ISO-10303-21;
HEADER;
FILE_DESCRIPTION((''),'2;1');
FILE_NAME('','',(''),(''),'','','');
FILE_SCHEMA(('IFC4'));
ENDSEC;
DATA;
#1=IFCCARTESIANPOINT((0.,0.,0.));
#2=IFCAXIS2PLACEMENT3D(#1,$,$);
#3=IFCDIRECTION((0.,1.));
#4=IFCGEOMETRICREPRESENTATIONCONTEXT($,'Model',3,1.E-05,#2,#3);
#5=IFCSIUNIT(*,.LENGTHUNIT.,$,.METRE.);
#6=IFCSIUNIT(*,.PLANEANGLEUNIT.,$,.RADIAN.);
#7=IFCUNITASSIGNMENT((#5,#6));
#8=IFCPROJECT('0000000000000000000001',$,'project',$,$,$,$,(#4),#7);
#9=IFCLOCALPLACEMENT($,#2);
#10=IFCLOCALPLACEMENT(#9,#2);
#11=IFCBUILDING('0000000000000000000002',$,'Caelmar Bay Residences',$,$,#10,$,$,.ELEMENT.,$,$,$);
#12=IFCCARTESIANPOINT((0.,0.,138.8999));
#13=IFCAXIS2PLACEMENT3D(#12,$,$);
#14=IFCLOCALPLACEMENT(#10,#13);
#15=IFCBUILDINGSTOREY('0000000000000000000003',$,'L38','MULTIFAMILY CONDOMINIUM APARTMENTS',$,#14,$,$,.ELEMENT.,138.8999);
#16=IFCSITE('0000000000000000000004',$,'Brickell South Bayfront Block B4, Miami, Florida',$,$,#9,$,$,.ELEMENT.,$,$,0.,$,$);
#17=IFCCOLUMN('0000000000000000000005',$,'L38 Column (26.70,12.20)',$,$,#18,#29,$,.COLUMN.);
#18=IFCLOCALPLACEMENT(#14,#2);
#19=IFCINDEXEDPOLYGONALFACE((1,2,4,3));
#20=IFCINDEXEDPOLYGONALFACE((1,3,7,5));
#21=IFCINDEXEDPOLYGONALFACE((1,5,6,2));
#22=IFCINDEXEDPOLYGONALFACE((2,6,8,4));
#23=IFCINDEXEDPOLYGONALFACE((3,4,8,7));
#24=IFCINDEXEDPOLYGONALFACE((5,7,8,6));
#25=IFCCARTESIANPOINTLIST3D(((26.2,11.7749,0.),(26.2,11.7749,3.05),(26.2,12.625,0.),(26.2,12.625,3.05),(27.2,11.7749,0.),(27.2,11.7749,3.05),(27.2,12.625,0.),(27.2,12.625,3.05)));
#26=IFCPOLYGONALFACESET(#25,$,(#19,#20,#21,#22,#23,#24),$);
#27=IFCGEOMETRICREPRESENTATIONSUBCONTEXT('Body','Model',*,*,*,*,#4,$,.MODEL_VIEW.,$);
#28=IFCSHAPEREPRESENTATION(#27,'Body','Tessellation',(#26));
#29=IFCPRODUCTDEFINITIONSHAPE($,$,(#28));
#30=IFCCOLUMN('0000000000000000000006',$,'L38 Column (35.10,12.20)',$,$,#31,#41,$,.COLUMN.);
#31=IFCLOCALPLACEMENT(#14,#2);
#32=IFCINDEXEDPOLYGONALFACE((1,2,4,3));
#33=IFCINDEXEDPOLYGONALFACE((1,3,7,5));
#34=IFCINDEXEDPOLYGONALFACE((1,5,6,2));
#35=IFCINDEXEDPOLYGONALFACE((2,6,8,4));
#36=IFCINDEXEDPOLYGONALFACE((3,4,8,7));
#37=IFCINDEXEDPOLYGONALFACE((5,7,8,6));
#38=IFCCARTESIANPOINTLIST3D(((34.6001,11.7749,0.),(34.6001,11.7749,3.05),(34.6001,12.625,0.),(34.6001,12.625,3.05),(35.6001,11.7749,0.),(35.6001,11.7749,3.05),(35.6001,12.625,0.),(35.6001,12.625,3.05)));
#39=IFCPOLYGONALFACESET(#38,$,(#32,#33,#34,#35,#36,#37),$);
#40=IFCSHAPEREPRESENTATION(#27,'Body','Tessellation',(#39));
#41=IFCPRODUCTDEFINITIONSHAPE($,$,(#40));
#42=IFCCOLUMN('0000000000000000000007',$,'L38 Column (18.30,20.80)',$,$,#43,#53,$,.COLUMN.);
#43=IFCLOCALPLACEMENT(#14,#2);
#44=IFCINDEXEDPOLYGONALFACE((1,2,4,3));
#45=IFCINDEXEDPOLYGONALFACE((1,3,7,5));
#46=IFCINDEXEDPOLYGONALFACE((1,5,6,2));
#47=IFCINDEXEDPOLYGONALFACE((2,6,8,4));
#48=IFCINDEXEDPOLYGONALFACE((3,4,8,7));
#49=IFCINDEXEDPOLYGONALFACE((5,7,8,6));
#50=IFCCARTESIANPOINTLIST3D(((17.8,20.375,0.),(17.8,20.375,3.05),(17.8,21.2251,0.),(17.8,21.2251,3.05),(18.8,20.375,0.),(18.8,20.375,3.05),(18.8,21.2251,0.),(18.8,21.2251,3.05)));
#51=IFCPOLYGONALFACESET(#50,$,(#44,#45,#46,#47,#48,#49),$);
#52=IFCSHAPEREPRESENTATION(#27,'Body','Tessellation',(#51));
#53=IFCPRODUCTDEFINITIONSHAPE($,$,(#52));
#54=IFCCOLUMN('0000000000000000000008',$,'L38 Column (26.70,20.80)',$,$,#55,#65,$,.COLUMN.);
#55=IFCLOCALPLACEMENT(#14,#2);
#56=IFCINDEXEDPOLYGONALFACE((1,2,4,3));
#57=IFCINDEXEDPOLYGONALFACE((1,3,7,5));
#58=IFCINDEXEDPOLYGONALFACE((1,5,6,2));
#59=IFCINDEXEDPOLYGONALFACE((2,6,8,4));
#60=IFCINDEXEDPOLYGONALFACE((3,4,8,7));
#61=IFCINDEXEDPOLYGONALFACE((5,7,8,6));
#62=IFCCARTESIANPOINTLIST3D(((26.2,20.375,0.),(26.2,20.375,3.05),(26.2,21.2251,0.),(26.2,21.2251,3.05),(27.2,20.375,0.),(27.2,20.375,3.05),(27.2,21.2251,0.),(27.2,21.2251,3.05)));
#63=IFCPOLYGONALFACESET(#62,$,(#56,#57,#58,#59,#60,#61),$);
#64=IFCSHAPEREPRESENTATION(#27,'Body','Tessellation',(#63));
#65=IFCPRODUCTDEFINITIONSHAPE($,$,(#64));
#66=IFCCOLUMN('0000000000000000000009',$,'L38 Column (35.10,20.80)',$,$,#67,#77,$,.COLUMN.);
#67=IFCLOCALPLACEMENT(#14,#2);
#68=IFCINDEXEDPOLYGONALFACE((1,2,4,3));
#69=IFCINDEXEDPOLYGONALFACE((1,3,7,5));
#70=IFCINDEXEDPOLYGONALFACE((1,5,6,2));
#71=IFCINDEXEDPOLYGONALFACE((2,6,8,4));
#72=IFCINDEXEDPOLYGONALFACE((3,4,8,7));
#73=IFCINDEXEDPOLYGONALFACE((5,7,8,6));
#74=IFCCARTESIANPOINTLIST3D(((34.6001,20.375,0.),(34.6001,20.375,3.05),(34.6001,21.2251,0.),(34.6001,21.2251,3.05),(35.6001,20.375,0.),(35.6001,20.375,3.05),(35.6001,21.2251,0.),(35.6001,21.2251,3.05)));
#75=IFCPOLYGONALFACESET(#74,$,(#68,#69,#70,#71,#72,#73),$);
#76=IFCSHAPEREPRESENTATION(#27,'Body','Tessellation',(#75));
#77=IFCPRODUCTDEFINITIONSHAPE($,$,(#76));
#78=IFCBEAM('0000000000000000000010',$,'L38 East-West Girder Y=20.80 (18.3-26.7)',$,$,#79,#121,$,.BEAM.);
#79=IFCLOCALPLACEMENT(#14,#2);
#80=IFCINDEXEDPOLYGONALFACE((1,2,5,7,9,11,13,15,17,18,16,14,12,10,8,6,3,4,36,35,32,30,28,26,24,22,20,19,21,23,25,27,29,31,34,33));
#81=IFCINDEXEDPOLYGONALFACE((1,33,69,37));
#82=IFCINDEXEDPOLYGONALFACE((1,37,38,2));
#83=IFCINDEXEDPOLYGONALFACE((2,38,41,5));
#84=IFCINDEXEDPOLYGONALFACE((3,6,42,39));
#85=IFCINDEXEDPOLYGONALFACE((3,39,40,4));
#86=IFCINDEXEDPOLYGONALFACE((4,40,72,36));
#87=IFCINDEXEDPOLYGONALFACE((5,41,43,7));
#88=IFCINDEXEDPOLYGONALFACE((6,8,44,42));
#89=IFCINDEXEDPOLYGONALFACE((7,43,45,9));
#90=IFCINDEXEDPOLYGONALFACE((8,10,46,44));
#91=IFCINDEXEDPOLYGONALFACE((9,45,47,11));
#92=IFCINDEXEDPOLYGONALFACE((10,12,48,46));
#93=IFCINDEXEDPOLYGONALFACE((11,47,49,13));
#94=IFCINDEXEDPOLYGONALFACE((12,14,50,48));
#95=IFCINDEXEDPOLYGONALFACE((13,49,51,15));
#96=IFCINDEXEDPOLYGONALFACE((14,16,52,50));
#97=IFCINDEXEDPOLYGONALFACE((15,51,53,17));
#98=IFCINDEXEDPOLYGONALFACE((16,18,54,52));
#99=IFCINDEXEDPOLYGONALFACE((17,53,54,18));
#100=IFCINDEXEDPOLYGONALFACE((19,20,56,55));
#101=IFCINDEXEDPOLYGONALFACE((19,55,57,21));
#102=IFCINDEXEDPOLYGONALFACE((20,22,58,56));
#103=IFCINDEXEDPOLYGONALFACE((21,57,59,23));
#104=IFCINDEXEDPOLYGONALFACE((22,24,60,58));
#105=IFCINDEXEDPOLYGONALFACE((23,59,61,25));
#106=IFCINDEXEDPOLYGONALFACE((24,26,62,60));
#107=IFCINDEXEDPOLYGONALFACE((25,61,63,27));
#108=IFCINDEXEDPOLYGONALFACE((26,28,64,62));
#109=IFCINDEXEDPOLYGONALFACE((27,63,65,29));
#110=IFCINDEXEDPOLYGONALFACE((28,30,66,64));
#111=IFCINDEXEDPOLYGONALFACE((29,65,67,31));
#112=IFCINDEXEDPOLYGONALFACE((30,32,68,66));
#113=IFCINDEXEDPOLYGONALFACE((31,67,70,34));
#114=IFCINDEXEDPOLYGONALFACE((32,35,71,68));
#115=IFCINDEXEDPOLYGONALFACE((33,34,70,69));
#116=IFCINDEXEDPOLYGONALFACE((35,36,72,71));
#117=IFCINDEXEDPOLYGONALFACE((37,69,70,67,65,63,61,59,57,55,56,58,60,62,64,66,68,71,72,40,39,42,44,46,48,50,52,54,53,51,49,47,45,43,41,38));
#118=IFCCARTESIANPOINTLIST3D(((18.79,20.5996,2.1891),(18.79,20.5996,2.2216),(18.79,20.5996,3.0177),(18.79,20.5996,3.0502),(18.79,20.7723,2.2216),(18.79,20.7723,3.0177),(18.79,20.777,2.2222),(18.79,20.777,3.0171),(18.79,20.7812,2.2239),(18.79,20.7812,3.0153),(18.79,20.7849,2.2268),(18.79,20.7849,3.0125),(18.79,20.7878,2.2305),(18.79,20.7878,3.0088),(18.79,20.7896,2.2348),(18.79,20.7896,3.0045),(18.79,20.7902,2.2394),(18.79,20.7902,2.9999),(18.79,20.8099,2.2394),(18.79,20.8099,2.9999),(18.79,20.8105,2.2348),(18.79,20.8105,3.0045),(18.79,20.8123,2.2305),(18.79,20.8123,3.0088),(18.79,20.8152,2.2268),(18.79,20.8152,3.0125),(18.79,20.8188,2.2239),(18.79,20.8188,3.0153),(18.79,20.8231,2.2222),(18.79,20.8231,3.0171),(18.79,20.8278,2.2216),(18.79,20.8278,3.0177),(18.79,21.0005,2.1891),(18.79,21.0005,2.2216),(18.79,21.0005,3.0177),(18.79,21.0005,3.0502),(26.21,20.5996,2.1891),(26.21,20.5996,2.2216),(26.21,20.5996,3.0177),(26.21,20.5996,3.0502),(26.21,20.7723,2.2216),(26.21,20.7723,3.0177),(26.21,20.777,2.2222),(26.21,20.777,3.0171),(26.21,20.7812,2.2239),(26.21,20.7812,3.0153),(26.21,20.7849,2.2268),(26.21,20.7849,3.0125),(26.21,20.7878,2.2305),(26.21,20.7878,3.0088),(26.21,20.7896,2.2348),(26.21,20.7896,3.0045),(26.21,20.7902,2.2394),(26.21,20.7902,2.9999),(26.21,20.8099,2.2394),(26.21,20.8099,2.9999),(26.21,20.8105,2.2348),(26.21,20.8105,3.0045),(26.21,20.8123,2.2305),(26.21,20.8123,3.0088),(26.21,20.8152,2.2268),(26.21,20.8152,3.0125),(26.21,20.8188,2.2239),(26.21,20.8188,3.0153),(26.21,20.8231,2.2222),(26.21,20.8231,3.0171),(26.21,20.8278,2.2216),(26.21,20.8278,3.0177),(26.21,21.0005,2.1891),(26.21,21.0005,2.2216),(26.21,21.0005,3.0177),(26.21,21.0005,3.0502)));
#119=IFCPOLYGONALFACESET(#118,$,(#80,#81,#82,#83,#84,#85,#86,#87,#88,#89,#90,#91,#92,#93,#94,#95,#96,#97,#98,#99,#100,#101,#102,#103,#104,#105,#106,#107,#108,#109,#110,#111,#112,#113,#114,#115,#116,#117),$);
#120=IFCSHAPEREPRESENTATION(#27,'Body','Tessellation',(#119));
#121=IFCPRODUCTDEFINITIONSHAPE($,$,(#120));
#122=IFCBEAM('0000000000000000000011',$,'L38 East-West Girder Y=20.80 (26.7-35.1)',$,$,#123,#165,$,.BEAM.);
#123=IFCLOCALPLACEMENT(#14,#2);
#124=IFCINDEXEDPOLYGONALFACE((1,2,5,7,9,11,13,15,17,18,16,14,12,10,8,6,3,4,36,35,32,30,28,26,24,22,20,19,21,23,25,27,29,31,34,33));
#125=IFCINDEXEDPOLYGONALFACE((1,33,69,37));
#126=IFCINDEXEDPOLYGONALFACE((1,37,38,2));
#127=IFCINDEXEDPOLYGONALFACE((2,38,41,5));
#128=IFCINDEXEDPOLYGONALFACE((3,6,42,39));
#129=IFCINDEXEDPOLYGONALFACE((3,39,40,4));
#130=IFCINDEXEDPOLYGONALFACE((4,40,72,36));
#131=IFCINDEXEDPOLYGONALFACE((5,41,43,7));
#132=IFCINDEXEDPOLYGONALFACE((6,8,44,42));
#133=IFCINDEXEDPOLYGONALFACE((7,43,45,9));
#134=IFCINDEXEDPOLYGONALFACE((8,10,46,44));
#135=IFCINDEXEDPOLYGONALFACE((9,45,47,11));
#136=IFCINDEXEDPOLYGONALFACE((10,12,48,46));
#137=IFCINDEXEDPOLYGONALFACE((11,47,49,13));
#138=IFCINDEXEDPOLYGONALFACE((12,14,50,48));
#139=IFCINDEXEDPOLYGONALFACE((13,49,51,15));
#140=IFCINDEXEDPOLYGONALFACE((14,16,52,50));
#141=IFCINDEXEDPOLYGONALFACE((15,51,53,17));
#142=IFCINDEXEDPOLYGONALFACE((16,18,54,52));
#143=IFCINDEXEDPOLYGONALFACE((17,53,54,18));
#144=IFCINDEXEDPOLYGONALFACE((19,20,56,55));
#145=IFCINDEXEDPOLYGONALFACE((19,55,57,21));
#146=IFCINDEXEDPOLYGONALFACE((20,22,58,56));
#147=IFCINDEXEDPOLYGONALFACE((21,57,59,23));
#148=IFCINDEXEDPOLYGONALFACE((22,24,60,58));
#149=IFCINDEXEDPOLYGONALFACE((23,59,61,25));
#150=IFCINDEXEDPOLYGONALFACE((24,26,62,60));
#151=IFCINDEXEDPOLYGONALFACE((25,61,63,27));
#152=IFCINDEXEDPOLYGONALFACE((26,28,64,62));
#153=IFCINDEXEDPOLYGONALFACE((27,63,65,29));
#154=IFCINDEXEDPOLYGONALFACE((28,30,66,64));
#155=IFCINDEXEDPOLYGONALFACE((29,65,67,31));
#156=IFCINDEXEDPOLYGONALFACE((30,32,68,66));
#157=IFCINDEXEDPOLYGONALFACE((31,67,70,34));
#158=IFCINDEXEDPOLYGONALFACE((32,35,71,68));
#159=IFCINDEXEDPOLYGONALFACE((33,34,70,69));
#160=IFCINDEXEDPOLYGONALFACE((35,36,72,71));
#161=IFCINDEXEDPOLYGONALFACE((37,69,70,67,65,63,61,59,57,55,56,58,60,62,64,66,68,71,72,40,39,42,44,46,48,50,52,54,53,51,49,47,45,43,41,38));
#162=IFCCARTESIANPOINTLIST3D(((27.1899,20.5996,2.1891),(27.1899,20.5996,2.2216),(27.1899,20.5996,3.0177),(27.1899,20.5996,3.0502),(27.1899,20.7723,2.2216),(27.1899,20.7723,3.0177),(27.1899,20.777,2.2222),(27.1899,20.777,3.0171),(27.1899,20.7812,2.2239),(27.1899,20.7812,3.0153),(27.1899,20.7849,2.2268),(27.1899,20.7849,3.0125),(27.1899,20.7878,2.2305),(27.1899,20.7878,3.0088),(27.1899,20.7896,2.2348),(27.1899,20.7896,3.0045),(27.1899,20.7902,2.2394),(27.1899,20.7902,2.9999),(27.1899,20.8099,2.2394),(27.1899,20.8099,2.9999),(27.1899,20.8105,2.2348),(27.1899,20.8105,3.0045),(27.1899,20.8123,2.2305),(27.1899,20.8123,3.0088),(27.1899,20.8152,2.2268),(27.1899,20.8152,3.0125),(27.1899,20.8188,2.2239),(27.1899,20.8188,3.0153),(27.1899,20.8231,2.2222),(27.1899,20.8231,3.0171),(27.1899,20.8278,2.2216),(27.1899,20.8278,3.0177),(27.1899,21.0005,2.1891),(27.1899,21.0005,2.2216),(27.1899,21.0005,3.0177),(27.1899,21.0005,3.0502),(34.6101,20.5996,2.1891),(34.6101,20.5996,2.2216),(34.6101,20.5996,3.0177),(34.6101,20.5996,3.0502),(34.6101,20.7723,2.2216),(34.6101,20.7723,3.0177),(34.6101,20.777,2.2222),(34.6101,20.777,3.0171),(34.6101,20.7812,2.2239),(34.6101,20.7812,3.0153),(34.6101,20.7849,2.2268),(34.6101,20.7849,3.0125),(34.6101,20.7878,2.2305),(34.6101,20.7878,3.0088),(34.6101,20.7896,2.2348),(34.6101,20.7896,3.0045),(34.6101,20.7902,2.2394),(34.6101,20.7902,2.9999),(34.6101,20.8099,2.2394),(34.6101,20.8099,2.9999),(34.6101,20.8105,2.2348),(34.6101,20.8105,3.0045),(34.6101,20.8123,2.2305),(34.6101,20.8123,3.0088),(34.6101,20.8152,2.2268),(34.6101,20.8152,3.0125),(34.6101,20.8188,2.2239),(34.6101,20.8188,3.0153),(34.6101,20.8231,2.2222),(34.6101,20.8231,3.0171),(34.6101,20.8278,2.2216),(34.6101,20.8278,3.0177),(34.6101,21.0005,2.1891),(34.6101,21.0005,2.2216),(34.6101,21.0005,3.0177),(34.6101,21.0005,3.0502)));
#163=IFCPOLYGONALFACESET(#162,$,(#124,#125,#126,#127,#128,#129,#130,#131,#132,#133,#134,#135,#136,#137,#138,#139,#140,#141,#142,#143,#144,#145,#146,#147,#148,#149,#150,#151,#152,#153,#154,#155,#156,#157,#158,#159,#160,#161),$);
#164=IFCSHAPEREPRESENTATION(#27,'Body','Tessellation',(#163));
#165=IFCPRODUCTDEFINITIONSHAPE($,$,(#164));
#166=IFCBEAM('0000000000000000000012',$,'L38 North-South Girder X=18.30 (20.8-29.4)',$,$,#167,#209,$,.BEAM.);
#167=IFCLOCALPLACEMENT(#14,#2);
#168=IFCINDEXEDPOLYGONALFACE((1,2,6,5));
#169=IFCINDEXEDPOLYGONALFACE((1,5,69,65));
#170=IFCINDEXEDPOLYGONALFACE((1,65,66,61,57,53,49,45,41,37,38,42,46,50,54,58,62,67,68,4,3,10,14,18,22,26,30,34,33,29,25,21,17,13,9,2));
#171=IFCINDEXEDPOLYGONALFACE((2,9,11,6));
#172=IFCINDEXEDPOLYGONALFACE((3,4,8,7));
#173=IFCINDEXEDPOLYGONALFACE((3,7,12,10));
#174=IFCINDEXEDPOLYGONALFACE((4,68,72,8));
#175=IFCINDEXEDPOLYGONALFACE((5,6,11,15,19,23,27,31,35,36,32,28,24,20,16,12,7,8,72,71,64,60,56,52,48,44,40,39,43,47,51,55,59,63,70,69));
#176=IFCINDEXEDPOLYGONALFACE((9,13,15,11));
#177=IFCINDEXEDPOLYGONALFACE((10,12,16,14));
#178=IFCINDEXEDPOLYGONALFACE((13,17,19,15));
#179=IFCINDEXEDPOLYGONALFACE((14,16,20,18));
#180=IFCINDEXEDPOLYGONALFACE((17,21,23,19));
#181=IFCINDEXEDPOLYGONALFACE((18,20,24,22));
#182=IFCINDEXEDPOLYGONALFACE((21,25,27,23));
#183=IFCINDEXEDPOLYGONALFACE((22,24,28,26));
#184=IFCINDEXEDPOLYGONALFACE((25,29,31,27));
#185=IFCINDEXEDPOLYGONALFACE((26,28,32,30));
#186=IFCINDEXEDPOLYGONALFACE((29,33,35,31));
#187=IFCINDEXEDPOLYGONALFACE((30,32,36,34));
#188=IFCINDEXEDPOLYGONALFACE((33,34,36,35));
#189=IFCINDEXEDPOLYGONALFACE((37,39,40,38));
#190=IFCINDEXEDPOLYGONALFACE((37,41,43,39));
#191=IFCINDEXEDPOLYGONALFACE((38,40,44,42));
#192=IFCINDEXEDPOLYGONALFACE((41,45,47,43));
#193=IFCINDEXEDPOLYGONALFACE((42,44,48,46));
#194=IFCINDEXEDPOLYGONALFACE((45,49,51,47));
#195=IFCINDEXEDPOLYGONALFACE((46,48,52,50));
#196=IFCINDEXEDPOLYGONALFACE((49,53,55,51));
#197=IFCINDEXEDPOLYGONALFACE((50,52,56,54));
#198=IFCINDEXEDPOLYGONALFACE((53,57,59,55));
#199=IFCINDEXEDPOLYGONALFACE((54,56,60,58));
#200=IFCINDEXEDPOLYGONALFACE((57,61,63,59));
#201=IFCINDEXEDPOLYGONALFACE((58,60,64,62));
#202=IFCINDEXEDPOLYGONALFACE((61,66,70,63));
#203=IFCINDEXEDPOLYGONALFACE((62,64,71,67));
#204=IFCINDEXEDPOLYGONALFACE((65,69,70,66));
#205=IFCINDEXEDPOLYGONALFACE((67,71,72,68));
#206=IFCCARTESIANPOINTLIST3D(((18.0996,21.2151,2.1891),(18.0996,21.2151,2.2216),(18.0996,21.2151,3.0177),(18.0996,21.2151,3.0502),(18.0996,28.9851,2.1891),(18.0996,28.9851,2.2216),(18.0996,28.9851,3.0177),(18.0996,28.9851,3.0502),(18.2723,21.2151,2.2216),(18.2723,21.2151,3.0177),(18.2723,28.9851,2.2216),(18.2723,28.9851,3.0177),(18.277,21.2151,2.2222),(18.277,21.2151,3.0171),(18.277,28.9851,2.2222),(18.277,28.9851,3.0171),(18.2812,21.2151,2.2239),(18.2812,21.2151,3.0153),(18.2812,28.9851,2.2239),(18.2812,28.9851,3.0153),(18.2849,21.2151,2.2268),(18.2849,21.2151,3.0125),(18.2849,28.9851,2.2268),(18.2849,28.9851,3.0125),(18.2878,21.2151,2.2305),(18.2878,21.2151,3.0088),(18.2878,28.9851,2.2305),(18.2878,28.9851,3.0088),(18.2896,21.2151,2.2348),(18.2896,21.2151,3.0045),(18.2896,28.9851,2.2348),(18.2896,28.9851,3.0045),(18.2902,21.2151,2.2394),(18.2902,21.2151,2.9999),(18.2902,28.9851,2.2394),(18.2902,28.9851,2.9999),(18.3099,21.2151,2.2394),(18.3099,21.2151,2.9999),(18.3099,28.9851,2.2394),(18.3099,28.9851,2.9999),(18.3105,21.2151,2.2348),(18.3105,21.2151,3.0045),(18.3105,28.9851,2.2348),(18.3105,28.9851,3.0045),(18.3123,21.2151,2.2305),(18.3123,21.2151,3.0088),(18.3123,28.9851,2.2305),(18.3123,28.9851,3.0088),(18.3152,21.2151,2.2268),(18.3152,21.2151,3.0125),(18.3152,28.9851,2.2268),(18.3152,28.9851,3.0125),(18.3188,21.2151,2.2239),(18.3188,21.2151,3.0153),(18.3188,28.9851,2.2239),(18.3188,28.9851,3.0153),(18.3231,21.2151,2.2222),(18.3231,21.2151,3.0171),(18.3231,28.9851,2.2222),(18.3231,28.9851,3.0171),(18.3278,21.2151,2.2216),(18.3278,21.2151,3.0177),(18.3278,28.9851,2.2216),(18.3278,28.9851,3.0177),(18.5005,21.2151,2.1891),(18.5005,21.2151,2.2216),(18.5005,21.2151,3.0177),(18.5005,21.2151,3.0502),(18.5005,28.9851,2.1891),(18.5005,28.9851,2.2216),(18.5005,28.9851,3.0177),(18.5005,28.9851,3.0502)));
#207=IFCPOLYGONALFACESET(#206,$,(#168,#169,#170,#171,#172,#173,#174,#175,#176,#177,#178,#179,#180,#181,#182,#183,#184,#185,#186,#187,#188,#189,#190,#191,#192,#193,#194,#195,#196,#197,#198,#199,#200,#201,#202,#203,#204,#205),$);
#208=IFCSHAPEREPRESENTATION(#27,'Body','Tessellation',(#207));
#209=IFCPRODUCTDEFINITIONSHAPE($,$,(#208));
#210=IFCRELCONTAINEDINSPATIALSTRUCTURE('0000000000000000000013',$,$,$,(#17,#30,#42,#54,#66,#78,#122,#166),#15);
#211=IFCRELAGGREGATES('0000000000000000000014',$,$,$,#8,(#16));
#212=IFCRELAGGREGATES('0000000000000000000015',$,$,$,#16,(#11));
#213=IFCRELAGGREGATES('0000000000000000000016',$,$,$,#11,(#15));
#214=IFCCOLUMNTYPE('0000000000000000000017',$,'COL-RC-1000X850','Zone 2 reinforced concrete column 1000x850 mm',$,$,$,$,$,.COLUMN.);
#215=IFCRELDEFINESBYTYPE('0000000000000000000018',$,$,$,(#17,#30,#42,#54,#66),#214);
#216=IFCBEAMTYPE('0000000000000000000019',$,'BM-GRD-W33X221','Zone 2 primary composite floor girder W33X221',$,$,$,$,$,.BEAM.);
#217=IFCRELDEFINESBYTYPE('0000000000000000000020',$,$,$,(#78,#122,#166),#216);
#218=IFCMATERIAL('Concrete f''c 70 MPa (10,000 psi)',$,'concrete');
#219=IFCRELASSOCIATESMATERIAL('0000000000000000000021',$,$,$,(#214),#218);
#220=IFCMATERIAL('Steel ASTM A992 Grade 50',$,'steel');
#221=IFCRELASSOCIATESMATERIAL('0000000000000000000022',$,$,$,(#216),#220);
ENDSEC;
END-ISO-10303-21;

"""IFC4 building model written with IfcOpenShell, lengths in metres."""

from ifc_helpers import new_model, si_unit, direction, frame, origin, origin_2d, place, context, subcontext, project, spatial, rectangle, i_section, extrude, material, material_profile, profile_set, type_object, element, save


model = new_model("IFC4")

# Units and contexts
model_context = context("Model", 3, precision=1e-05, world=origin(), true_north=direction((0.0, 1.0)))
body_context = subcontext(model_context, "Body", "Model", "MODEL_VIEW")
ifc_project = project(units=[si_unit("LENGTHUNIT", "METRE"), si_unit("PLANEANGLEUNIT", "RADIAN")], contexts=[model_context])

# Site, building, storey
site_placement = place(None, origin())
site = spatial("IfcSite", under=ifc_project, at=site_placement, Name="Brickell South Bayfront Block B4, Miami, Florida", CompositionType="ELEMENT", RefElevation=0.0)
building_placement = place(site_placement, origin())
building = spatial("IfcBuilding", under=site, at=building_placement, Name="Caelmar Bay Residences", CompositionType="ELEMENT")
storey_placement = place(building_placement, frame((0.0, 0.0, 138.8999)))
storey = spatial("IfcBuildingStorey", under=building, at=storey_placement, Name="L38", Description="MULTIFAMILY CONDOMINIUM APARTMENTS", CompositionType="ELEMENT", Elevation=138.8999)

# Columns
ifc_material_1 = material(Name="Concrete f'c 70 MPa (10,000 psi)", Category="concrete")
ifc_material_profile_1 = material_profile(ifc_material_1, rectangle(XDim=1.0, YDim=0.8501, at=origin_2d()), Name="RC-COL-1000X850")
ifc_profile_set_1 = profile_set([ifc_material_profile_1], Name="Concrete f'c 70 MPa (10,000 psi)")
column_type = type_object("IfcColumnType", Name="COL-RC-1000X850", Description="Zone 2 reinforced concrete column 1000x850 mm", PredefinedType="COLUMN", material=ifc_profile_set_1)
for number, where, z_axis, x_axis, name in (
    (1, (26.7, 12.2, 0.0), (0.0, 0.0, 1.0), (1.0, 0.0, 0.0), "L38 Column (26.70,12.20)"),
    (2, (35.1001, 12.2, 0.0), (0.0, 0.0, 1.0), (1.0, 0.0, 0.0), "L38 Column (35.10,12.20)"),
    (3, (18.3, 20.8, 0.0), (0.0, 0.0, 1.0), (1.0, 0.0, 0.0), "L38 Column (18.30,20.80)"),
    (4, (26.7, 20.8, 0.0), (0.0, 0.0, 1.0), (1.0, 0.0, 0.0), "L38 Column (26.70,20.80)"),
    (5, (35.1001, 20.8, 0.0), (0.0, 0.0, 1.0), (1.0, 0.0, 0.0), "L38 Column (35.10,20.80)"),
):
    element("IfcColumn", number, at=place(storey_placement, frame(where, z_axis=z_axis, x_axis=x_axis)), inside=storey, type_object=column_type, Name=name, PredefinedType="COLUMN", context=body_context, shape_type="SweptSolid", body=[
        extrude(rectangle(XDim=1.0, YDim=0.8501, at=origin_2d()), origin(), (0.0, 0.0, 1.0), 3.05),
    ])

# Beams
ifc_material_2 = material(Name="Steel ASTM A992 Grade 50", Category="steel")
ifc_material_profile_2 = material_profile(ifc_material_2, i_section(OverallWidth=0.4009, OverallDepth=0.8611, WebThickness=0.0198, FlangeThickness=0.0325, FilletRadius=0.0178, at=origin_2d()), Name="W33X221")
ifc_profile_set_2 = profile_set([ifc_material_profile_2], Name="Steel ASTM A992 Grade 50")
beam_type_1 = type_object("IfcBeamType", Name="BM-GRD-W33X221", Description="Zone 2 primary composite floor girder W33X221", PredefinedType="BEAM", material=ifc_profile_set_2)
beam_1_placement = place(storey_placement, frame((18.79, 20.8, 2.6196), z_axis=(1.0, 0.0, 0.0), x_axis=(0.0, 1.0, 0.0)))
element("IfcBeam", 6, at=beam_1_placement, inside=storey, type_object=beam_type_1, Name="L38 East-West Girder Y=20.80 (18.3-26.7)", PredefinedType="BEAM", context=body_context, shape_type="SweptSolid", body=[
    extrude(i_section(OverallWidth=0.4009, OverallDepth=0.8611, WebThickness=0.0198, FlangeThickness=0.0325, FilletRadius=0.0178, at=origin_2d()), origin(), (0.0, 0.0, 1.0), 7.4199),
])
beam_2_placement = place(storey_placement, frame((27.1899, 20.8, 2.6196), z_axis=(1.0, 0.0, 0.0), x_axis=(0.0, 1.0, 0.0)))
element("IfcBeam", 7, at=beam_2_placement, inside=storey, type_object=beam_type_1, Name="L38 East-West Girder Y=20.80 (26.7-35.1)", PredefinedType="BEAM", context=body_context, shape_type="SweptSolid", body=[
    extrude(i_section(OverallWidth=0.4009, OverallDepth=0.8611, WebThickness=0.0198, FlangeThickness=0.0325, FilletRadius=0.0178, at=origin_2d()), origin(), (0.0, 0.0, 1.0), 7.4202),
])
for number, where, z_axis, x_axis, name in (
    (8, (18.3, 21.2151, 2.6196), (0.0, 1.0, 0.0), (-1.0, 0.0, 0.0), "L38 North-South Girder X=18.30 (20.8-29.4)"),
):
    element("IfcBeam", number, at=place(storey_placement, frame(where, z_axis=z_axis, x_axis=x_axis)), inside=storey, type_object=beam_type_1, Name=name, PredefinedType="BEAM", context=body_context, shape_type="SweptSolid", body=[
        extrude(i_section(OverallWidth=0.4009, OverallDepth=0.8611, WebThickness=0.0198, FlangeThickness=0.0325, FilletRadius=0.0178, at=origin_2d()), origin(), (0.0, 0.0, 1.0), 7.77),
    ])

save(model, "model.ifc")
